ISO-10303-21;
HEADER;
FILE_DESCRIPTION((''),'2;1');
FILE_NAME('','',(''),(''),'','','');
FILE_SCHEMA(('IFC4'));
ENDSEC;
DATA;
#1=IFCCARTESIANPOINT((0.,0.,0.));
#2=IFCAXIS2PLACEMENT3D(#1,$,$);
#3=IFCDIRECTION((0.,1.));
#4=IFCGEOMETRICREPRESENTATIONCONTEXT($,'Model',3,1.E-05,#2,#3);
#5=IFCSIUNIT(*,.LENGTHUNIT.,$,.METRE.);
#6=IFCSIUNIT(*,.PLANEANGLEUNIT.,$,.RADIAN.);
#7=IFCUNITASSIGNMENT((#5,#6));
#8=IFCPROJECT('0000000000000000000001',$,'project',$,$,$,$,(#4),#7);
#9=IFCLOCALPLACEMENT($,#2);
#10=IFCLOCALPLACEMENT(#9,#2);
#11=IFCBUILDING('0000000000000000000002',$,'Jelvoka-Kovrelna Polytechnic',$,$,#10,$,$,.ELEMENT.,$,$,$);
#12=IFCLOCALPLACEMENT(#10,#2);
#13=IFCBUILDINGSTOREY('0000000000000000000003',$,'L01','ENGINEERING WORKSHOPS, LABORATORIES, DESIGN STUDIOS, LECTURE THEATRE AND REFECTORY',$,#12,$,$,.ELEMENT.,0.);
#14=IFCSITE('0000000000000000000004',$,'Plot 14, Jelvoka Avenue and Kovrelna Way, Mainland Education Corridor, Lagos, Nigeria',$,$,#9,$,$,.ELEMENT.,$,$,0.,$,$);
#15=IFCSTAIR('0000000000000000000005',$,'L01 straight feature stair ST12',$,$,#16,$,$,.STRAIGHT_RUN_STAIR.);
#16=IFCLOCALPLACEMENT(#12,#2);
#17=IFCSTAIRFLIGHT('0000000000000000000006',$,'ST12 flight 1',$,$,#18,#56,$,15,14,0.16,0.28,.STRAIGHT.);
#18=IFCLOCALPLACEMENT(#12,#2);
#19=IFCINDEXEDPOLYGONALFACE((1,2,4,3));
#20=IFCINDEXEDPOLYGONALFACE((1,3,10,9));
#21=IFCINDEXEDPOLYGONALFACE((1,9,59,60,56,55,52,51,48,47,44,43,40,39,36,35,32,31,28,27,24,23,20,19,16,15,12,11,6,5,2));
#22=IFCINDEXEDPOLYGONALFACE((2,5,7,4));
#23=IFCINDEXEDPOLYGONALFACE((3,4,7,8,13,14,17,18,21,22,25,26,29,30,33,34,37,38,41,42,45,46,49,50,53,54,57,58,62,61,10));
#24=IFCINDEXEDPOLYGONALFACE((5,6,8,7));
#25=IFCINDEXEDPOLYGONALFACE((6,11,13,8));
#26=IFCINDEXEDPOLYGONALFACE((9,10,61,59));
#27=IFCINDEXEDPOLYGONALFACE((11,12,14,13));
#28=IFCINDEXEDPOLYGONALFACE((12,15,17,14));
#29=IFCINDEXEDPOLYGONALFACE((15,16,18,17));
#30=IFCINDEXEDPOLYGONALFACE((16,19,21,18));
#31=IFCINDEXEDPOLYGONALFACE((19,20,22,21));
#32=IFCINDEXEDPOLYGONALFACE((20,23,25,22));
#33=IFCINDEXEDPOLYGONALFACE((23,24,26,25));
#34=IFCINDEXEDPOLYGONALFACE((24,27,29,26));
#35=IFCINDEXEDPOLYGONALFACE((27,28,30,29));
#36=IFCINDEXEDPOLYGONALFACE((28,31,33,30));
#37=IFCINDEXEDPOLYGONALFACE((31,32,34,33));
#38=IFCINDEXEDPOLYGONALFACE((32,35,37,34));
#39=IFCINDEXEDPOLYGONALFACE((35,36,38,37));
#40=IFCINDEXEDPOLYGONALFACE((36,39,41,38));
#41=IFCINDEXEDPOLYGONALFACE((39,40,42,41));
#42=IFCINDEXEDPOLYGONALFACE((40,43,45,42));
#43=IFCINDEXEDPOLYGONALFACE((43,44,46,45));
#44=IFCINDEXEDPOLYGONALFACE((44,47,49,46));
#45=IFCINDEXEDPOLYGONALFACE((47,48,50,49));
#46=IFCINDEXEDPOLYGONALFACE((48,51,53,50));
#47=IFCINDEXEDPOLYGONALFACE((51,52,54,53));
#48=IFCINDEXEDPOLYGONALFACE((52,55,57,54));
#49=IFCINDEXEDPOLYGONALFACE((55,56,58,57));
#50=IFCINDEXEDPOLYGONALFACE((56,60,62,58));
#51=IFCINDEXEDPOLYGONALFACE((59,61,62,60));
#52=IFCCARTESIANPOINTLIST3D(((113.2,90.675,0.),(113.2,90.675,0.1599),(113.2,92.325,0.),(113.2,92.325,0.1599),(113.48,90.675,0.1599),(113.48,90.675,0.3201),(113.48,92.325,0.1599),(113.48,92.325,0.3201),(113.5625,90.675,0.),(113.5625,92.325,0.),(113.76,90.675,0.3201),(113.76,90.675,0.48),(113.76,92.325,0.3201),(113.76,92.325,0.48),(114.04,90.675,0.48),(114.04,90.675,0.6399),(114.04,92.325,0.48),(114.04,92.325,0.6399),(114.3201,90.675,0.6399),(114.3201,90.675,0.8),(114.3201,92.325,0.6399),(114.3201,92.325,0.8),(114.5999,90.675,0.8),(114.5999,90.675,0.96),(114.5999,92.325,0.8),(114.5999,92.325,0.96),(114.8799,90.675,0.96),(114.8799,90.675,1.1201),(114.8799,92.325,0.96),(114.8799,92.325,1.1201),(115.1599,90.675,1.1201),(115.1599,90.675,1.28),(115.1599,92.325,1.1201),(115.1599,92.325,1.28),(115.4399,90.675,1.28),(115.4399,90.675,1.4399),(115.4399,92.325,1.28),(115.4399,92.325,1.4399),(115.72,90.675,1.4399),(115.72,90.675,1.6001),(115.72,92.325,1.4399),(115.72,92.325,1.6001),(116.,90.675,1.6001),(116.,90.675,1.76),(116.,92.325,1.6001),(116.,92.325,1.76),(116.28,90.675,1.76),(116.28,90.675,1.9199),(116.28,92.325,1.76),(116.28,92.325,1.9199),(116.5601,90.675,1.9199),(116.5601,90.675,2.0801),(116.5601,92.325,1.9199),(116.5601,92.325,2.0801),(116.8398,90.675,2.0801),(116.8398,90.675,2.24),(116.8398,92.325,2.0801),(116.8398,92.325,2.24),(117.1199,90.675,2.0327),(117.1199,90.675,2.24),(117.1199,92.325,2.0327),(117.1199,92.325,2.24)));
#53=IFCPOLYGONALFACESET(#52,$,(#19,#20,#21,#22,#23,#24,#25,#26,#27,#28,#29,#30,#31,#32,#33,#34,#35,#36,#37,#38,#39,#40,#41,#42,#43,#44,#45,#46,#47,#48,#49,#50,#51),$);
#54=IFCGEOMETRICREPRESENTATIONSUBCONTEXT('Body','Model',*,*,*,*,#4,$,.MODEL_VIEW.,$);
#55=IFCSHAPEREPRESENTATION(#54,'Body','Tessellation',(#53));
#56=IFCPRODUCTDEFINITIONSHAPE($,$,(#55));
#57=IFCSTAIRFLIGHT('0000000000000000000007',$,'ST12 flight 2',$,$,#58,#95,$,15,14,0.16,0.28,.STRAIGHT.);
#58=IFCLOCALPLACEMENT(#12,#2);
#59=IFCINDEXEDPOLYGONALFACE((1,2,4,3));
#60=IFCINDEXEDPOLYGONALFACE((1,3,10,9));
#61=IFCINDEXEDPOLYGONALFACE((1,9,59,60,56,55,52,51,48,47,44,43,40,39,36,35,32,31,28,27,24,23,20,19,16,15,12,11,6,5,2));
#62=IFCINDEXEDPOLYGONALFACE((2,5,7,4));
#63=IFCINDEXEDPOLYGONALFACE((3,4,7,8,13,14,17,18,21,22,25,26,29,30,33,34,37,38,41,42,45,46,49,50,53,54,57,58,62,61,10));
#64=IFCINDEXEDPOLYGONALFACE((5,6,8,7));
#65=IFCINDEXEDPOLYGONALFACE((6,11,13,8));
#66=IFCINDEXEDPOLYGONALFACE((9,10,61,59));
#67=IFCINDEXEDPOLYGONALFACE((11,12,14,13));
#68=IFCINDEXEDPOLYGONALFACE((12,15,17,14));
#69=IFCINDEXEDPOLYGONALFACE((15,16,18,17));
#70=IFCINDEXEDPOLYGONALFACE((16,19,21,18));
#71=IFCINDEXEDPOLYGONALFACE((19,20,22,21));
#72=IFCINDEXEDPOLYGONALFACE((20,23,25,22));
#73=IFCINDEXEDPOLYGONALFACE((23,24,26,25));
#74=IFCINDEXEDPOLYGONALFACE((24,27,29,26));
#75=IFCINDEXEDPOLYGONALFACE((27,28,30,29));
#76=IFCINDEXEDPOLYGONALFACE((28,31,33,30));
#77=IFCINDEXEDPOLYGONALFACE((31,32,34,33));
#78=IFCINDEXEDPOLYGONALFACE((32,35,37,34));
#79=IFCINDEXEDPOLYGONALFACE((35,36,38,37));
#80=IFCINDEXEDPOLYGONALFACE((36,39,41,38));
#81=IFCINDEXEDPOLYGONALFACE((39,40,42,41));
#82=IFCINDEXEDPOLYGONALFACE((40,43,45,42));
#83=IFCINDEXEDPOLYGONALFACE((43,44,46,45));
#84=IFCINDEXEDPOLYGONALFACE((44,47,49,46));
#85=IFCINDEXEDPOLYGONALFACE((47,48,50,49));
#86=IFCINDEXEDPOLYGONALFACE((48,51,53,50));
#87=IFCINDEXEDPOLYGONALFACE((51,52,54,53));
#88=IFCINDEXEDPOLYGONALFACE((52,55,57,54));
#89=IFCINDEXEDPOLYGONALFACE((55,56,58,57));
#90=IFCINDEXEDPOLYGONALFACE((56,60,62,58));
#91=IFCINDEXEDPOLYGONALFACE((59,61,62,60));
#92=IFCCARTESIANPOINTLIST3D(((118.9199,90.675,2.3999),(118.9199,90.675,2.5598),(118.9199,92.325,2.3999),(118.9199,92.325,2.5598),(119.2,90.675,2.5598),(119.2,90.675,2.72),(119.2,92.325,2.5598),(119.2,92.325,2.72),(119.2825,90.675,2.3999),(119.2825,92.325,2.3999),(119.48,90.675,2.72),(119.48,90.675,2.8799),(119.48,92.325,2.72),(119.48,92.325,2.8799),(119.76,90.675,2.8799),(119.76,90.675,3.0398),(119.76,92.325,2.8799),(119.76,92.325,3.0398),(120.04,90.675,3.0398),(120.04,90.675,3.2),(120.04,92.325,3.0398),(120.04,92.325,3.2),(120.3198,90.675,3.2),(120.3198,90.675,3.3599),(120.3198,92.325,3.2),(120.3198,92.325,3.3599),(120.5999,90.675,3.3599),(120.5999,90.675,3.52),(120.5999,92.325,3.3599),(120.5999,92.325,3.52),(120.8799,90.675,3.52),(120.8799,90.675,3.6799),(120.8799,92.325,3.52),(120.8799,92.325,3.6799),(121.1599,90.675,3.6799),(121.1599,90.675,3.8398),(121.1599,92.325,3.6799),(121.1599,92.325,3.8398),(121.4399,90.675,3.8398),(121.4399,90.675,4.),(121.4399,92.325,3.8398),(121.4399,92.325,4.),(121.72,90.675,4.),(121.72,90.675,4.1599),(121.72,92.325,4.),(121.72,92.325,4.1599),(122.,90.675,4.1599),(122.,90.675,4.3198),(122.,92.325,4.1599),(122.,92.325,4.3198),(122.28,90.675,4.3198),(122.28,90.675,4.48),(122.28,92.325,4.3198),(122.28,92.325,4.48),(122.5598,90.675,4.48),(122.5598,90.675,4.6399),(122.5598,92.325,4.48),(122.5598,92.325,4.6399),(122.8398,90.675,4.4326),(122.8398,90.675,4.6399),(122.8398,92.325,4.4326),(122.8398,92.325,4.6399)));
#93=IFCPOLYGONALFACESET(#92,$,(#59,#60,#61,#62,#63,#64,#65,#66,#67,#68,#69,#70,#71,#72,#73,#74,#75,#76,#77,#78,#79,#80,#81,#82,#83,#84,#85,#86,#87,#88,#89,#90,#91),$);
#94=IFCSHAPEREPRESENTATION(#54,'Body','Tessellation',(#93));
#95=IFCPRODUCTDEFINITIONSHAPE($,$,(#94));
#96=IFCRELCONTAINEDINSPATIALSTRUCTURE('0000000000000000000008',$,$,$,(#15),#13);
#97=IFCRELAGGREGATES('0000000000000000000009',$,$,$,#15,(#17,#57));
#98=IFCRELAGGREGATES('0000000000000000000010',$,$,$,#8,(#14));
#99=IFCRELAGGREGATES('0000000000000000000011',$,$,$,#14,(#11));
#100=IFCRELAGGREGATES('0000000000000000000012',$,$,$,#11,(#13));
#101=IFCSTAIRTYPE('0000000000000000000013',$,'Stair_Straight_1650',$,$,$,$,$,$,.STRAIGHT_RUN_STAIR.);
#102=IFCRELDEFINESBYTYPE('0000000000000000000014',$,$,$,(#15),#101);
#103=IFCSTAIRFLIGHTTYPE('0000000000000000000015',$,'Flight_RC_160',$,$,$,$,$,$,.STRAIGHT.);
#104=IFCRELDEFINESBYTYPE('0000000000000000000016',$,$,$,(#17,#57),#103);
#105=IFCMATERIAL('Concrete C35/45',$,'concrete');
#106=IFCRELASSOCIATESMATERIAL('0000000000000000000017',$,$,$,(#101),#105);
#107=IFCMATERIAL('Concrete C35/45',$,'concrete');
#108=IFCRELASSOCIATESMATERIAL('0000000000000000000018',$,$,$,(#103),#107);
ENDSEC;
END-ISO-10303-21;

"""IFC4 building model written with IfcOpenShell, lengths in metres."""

from ifc_helpers import new_model, si_unit, direction, frame, origin, place, context, subcontext, project, spatial, polyline, outline, extrude, material, type_object, element, aggregate, save


model = new_model("IFC4")

# Units and contexts
model_context = context("Model", 3, precision=1e-05, world=origin(), true_north=direction((0.0, 1.0)))
body_context = subcontext(model_context, "Body", "Model", "MODEL_VIEW")
ifc_project = project(units=[si_unit("LENGTHUNIT", "METRE"), si_unit("PLANEANGLEUNIT", "RADIAN")], contexts=[model_context])

# Site, building, storey
site_placement = place(None, origin())
site = spatial("IfcSite", under=ifc_project, at=site_placement, Name="Plot 14, Jelvoka Avenue and Kovrelna Way, Mainland Education Corridor, Lagos, Nigeria", CompositionType="ELEMENT", RefElevation=0.0)
building_placement = place(site_placement, origin())
building = spatial("IfcBuilding", under=site, at=building_placement, Name="Jelvoka-Kovrelna Polytechnic", CompositionType="ELEMENT")
storey_placement = place(building_placement, origin())
storey = spatial("IfcBuildingStorey", under=building, at=storey_placement, Name="L01", Description="ENGINEERING WORKSHOPS, LABORATORIES, DESIGN STUDIOS, LECTURE THEATRE AND REFECTORY", CompositionType="ELEMENT", Elevation=0.0)

# Stair, stair flights
ifc_material_1 = material(Name="Concrete C35/45", Category="concrete")
stair_type = type_object("IfcStairType", Name="Stair_Straight_1650", PredefinedType="STRAIGHT_RUN_STAIR", material=ifc_material_1)
stair_placement = place(storey_placement, origin())
stair = element("IfcStair", 1, at=stair_placement, inside=storey, type_object=stair_type, Name="L01 straight feature stair ST12", PredefinedType="STRAIGHT_RUN_STAIR")
ifc_material_2 = material(Name="Concrete C35/45", Category="concrete")
stair_flight_type = type_object("IfcStairFlightType", Name="Flight_RC_160", PredefinedType="STRAIGHT", material=ifc_material_2)
stair_flight_1_placement = place(storey_placement, frame((113.2, 91.5, 0.0), z_axis=(0.0, 0.0, 1.0), x_axis=(1.0, 0.0, 0.0)))
stair_flight_1 = element("IfcStairFlight", 2, at=stair_flight_1_placement, type_object=stair_flight_type, Name="ST12 flight 1", NumberOfRisers=15, NumberOfTreads=14, PredefinedType="STRAIGHT", RiserHeight=0.16, TreadLength=0.28, context=body_context, shape_type="SweptSolid", body=[
    extrude(outline(polyline([(0.0, 0.0), (0.0, 0.1599), (0.28, 0.1599), (0.28, 0.3201), (0.5601, 0.3201), (0.5601, 0.48), (0.8401, 0.48), (0.8401, 0.6399), (1.1201, 0.6399), (1.1201, 0.8), (1.3999, 0.8), (1.3999, 0.96), (1.6799, 0.96), (1.6799, 1.1201), (1.96, 1.1201), (1.96, 1.28), (2.24, 1.28), (2.24, 1.4399), (2.52, 1.4399), (2.52, 1.6001), (2.8, 1.6001), (2.8, 1.76), (3.0801, 1.76), (3.0801, 1.9199), (3.3601, 1.9199), (3.3601, 2.0801), (3.6399, 2.0801), (3.6399, 2.24), (3.9199, 2.24), (3.9199, 2.3999), (3.9199, 2.0327), (0.3625, 0.0), (0.0, 0.0)])), frame((0.0, 0.825, 0.0), z_axis=(0.0, -1.0, 0.0), x_axis=(1.0, 0.0, 0.0)), (0.0, 0.0, 1.0), 1.6499),
])
stair_flight_2_placement = place(storey_placement, frame((118.9199, 91.5, 2.3999), z_axis=(0.0, 0.0, 1.0), x_axis=(1.0, 0.0, 0.0)))
stair_flight_2 = element("IfcStairFlight", 3, at=stair_flight_2_placement, type_object=stair_flight_type, Name="ST12 flight 2", NumberOfRisers=15, NumberOfTreads=14, PredefinedType="STRAIGHT", RiserHeight=0.16, TreadLength=0.28, context=body_context, shape_type="SweptSolid", body=[
    extrude(outline(polyline([(0.0, 0.0), (0.0, 0.1599), (0.28, 0.1599), (0.28, 0.3201), (0.5601, 0.3201), (0.5601, 0.48), (0.8401, 0.48), (0.8401, 0.6399), (1.1201, 0.6399), (1.1201, 0.8), (1.3999, 0.8), (1.3999, 0.96), (1.6799, 0.96), (1.6799, 1.1201), (1.96, 1.1201), (1.96, 1.28), (2.24, 1.28), (2.24, 1.4399), (2.52, 1.4399), (2.52, 1.6001), (2.8, 1.6001), (2.8, 1.76), (3.0801, 1.76), (3.0801, 1.9199), (3.3601, 1.9199), (3.3601, 2.0801), (3.6399, 2.0801), (3.6399, 2.24), (3.9199, 2.24), (3.9199, 2.3999), (3.9199, 2.0327), (0.3625, 0.0), (0.0, 0.0)])), frame((0.0, 0.825, 0.0), z_axis=(0.0, -1.0, 0.0), x_axis=(1.0, 0.0, 0.0)), (0.0, 0.0, 1.0), 1.6499),
])
aggregate(stair, [stair_flight_1, stair_flight_2])

save(model, "model.ifc")
